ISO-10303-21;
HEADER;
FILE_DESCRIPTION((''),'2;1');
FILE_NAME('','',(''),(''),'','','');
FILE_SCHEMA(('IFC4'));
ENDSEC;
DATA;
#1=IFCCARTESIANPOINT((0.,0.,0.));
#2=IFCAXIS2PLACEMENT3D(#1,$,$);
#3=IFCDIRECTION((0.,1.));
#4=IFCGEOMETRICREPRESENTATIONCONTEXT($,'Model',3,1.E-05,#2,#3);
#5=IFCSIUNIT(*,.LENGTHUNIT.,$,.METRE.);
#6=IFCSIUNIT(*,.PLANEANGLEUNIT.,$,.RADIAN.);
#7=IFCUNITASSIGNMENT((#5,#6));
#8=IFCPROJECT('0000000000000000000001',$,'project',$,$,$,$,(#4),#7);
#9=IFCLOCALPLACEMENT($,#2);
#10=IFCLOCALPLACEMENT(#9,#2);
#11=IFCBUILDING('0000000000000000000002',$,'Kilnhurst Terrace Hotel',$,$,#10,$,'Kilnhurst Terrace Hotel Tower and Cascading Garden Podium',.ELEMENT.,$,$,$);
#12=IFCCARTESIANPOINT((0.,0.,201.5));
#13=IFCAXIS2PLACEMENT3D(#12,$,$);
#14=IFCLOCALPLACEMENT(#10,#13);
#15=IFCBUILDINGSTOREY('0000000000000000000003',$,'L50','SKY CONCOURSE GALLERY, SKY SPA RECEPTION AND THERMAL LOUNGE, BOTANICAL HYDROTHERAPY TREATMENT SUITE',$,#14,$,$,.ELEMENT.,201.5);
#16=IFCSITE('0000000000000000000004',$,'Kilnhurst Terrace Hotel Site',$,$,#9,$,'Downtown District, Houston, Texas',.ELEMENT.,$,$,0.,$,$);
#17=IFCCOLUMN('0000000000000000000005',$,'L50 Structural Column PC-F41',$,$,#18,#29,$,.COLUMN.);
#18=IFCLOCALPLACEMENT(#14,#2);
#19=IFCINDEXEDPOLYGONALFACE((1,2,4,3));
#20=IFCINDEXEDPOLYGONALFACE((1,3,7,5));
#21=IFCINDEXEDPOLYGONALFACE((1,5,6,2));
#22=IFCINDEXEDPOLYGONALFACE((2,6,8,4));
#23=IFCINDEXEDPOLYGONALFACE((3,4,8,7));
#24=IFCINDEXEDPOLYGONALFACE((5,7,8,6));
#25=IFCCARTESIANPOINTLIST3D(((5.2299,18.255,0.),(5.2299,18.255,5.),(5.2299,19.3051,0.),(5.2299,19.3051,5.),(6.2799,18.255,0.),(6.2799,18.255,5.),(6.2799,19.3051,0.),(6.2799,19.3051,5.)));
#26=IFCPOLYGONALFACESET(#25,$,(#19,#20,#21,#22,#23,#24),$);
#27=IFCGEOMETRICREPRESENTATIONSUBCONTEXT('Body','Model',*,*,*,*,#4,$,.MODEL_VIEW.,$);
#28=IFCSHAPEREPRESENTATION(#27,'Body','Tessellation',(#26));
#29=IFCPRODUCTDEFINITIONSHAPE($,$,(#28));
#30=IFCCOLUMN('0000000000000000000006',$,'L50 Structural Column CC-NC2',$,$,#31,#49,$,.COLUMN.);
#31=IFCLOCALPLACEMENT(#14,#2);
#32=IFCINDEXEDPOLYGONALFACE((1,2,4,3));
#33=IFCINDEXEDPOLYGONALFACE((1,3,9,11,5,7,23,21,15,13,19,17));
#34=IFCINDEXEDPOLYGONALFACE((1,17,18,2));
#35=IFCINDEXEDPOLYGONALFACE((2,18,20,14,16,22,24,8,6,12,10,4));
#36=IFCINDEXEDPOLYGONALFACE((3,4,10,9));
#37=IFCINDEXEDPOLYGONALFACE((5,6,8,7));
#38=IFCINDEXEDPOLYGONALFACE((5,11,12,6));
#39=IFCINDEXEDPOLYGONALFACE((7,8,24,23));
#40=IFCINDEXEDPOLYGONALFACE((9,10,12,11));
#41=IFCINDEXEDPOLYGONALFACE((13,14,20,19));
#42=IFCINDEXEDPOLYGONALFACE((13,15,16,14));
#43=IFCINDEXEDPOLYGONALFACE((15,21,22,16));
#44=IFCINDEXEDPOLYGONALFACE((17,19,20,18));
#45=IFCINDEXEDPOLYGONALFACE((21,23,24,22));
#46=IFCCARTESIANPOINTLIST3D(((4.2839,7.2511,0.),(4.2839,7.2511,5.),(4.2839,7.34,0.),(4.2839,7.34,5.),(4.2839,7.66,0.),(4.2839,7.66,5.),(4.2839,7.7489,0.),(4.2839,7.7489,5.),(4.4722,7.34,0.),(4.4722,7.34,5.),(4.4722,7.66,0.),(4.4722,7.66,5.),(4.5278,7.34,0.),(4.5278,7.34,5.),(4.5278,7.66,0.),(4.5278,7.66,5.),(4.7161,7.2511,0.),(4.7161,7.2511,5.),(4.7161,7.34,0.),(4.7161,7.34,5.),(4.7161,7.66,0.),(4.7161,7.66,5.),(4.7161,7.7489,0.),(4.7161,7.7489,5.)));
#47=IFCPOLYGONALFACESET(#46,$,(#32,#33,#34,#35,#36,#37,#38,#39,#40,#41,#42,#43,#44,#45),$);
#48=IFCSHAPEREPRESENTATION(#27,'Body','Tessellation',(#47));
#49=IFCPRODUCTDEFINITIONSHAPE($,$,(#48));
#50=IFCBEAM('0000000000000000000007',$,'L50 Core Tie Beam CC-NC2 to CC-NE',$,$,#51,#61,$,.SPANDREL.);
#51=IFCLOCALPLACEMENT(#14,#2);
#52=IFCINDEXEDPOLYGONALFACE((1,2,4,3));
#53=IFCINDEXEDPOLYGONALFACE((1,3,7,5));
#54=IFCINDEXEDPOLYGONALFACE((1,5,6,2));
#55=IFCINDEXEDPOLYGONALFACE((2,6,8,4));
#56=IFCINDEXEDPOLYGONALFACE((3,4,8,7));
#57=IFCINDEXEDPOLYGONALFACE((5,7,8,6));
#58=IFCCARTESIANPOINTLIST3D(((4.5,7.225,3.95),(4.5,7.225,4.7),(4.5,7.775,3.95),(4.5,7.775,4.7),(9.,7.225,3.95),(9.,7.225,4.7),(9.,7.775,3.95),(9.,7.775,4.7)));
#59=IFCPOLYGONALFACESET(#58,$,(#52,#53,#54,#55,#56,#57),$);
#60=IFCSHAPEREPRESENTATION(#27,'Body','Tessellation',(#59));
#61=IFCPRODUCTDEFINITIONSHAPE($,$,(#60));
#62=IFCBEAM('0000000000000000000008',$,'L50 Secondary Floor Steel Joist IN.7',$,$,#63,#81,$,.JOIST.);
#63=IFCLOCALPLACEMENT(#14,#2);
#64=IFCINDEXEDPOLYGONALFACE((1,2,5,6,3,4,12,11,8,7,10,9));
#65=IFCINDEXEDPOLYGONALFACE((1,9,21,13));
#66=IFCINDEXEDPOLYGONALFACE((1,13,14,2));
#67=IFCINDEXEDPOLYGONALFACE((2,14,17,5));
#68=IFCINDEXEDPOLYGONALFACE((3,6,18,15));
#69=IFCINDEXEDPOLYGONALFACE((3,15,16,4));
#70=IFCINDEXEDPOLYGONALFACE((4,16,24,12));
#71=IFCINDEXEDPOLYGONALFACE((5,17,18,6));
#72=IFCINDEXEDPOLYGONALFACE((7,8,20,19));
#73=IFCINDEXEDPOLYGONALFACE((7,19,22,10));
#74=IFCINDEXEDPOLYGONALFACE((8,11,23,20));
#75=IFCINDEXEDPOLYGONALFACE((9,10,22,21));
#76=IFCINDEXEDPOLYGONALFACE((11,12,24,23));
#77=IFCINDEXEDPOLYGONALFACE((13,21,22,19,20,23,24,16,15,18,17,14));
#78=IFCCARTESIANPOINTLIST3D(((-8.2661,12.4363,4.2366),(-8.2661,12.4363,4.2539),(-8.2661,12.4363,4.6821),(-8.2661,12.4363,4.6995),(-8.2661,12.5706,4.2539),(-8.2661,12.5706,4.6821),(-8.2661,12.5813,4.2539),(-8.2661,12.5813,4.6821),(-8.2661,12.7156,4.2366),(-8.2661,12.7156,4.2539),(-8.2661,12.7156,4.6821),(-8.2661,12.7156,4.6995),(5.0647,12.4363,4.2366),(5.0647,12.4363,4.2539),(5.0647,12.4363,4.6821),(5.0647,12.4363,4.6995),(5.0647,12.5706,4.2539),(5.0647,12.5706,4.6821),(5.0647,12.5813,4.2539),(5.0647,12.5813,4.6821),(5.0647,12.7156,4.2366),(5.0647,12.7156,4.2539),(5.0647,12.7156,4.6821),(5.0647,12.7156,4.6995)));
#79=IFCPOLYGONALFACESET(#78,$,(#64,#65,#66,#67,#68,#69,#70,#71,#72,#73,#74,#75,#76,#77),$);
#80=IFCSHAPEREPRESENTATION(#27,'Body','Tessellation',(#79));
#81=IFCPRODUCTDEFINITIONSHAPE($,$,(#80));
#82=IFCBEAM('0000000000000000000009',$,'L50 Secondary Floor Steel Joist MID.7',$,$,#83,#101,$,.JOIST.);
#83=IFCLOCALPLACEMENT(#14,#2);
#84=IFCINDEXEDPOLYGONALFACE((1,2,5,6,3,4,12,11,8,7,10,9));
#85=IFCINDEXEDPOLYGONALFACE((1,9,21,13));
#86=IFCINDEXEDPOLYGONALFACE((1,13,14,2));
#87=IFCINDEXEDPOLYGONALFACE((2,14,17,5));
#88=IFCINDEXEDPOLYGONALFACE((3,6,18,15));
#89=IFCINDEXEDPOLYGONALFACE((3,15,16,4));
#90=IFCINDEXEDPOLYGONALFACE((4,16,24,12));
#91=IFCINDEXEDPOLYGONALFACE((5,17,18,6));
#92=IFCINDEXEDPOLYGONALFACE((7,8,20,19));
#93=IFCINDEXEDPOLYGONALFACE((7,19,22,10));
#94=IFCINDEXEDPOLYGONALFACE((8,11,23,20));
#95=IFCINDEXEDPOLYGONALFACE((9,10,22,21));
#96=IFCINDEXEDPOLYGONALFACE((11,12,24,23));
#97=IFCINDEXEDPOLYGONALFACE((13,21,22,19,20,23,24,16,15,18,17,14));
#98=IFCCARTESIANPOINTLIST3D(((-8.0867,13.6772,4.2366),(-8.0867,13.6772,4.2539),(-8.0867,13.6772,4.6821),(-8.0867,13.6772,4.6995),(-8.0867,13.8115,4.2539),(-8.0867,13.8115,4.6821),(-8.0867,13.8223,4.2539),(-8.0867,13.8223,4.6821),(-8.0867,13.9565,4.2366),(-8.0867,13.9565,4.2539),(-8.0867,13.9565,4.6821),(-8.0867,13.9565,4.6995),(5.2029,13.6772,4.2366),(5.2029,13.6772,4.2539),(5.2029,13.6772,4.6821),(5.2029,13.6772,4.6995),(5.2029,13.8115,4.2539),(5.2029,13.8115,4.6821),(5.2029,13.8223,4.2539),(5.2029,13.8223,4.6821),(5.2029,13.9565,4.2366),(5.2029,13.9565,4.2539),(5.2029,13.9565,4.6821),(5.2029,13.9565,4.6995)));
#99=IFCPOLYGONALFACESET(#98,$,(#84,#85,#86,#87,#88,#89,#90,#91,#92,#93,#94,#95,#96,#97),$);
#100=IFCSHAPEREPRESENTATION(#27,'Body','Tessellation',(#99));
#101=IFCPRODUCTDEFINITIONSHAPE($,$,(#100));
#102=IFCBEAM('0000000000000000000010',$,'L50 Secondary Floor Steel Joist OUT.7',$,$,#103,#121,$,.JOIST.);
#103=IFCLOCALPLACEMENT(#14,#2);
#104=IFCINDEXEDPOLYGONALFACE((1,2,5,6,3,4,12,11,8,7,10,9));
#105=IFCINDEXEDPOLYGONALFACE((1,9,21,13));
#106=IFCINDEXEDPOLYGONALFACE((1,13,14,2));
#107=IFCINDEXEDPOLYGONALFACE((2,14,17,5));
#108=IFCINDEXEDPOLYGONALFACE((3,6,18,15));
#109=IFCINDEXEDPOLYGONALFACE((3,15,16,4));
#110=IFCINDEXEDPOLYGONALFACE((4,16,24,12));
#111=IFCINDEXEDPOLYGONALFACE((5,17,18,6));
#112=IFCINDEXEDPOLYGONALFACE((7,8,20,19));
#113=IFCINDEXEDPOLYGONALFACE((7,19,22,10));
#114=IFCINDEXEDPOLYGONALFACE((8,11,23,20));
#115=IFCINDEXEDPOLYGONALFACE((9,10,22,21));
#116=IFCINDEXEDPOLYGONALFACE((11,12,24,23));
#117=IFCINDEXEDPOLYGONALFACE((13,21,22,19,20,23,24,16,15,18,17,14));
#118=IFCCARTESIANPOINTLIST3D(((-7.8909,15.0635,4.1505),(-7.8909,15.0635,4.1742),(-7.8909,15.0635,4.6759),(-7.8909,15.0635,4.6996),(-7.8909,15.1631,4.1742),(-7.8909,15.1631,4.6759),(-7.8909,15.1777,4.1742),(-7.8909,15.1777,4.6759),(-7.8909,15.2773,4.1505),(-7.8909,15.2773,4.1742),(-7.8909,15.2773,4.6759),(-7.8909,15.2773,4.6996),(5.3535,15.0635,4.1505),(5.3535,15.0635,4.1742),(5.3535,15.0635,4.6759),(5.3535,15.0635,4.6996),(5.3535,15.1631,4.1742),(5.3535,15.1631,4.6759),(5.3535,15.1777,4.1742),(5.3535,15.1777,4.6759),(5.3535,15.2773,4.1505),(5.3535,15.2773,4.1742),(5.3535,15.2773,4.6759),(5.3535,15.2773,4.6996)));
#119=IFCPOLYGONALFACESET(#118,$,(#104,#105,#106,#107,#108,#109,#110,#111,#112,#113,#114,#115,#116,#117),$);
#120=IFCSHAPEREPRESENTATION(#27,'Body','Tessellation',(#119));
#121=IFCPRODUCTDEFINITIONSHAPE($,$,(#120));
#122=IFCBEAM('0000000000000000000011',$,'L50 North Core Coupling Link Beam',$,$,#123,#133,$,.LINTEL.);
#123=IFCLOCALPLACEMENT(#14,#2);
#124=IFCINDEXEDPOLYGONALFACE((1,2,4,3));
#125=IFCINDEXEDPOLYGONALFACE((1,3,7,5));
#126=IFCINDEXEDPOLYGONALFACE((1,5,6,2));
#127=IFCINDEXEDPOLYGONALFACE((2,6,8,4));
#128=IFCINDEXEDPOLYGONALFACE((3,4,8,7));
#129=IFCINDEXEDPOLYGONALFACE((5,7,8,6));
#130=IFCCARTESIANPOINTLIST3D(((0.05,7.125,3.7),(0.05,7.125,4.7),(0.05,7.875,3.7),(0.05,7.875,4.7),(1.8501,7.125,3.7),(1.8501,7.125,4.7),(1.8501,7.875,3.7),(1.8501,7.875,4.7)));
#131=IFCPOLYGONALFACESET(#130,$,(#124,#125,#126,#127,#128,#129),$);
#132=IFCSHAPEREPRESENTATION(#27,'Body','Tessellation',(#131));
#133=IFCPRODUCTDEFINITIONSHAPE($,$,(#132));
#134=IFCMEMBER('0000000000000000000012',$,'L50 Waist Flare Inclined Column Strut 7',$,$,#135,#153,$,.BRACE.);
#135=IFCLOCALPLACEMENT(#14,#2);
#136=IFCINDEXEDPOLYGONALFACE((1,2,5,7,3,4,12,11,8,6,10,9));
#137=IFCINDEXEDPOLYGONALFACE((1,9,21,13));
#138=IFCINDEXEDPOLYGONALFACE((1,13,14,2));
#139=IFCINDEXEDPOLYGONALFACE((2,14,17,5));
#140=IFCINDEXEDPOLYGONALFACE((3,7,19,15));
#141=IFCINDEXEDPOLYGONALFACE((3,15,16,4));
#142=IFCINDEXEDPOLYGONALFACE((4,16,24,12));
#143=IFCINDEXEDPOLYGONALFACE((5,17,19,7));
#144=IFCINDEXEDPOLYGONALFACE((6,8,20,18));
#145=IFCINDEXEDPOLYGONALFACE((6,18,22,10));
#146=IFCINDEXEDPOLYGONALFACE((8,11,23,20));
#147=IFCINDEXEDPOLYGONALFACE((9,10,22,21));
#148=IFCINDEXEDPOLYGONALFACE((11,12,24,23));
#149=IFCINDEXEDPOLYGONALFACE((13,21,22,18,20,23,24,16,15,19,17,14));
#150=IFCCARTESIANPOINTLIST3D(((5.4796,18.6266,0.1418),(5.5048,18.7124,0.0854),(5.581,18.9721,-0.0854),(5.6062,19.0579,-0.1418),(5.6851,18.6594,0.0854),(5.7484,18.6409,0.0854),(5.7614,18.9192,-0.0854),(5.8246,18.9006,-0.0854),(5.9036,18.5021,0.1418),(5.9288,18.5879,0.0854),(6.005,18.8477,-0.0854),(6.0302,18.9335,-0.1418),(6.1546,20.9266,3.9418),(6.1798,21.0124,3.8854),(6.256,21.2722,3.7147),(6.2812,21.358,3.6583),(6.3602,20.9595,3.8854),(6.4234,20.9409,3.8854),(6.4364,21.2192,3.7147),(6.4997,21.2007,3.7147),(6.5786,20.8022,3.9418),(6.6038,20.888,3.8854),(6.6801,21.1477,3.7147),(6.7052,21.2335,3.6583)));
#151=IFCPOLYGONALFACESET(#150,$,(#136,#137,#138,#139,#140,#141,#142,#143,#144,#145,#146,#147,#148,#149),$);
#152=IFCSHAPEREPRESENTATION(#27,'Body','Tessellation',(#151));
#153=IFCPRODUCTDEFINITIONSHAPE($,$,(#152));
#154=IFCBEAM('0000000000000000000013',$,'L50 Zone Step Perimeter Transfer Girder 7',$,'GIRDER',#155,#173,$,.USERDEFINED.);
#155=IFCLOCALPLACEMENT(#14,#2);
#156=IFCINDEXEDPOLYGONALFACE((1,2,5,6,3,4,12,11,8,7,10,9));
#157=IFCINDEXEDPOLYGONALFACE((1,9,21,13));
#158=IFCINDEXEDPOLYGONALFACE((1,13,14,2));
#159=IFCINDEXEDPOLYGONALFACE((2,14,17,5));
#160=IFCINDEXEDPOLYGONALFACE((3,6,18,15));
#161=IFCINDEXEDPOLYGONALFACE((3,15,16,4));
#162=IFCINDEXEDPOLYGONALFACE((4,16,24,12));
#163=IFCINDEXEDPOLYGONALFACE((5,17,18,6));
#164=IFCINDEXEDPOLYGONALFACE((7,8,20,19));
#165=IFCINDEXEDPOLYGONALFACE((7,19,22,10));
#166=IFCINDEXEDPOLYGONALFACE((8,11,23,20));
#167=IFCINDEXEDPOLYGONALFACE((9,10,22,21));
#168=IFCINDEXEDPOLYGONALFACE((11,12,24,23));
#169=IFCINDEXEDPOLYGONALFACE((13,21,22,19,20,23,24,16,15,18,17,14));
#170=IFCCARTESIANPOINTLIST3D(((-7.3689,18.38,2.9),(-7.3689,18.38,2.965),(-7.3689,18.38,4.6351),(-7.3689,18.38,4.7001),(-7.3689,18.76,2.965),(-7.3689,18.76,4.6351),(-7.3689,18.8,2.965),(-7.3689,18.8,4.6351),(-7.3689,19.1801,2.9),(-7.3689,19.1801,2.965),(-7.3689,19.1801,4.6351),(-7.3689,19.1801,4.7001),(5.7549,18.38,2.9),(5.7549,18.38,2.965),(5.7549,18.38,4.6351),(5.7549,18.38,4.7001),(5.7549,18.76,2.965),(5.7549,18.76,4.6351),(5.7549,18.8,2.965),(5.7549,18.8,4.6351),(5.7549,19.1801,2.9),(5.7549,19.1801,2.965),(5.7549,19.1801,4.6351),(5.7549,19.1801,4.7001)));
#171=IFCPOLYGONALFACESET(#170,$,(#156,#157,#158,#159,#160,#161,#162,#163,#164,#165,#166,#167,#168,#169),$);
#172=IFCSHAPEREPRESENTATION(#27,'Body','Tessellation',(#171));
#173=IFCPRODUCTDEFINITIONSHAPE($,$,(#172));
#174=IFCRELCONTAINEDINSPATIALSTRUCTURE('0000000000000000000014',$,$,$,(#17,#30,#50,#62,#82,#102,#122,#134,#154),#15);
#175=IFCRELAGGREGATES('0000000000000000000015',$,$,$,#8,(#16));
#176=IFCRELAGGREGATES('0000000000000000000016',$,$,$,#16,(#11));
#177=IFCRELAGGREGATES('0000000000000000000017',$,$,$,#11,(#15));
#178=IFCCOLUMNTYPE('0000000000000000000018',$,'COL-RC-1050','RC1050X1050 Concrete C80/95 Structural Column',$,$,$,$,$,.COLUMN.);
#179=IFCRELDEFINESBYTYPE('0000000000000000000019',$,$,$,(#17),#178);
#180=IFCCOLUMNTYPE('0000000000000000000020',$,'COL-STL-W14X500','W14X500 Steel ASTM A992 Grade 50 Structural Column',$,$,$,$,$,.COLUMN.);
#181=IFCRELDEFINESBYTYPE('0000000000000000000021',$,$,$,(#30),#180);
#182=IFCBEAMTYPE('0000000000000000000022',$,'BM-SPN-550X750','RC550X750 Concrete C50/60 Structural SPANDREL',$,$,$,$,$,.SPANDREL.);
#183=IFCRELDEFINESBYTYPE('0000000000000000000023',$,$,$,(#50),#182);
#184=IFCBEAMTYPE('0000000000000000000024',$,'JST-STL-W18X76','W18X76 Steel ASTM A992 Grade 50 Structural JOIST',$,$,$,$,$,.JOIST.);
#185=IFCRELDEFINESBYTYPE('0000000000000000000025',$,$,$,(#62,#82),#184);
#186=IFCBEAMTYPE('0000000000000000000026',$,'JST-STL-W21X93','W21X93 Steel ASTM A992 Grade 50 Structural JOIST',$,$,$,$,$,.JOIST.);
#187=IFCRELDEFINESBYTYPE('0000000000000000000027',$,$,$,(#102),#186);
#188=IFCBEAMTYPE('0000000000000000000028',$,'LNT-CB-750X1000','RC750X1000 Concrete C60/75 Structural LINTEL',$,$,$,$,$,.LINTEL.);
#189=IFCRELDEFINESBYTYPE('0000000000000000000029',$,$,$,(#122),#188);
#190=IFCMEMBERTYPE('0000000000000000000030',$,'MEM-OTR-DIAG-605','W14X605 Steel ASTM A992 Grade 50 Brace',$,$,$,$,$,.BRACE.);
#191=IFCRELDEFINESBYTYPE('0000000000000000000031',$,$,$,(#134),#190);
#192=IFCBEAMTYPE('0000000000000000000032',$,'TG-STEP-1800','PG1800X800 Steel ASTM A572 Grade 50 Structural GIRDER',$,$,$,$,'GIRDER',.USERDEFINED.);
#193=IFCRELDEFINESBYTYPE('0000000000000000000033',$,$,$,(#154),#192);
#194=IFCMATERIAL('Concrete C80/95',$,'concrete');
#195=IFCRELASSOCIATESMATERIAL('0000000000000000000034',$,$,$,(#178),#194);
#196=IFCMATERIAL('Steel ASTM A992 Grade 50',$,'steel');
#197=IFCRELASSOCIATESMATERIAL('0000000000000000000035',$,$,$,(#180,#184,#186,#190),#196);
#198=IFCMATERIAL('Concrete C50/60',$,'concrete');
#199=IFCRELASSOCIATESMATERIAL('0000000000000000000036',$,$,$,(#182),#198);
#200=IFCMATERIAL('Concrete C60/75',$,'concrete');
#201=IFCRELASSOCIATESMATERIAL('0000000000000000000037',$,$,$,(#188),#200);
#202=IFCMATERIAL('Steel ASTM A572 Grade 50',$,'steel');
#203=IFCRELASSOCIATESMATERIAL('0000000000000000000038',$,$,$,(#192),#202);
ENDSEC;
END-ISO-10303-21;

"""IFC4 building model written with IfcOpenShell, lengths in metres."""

from ifc_helpers import new_model, si_unit, direction, frame, origin, origin_2d, place, context, subcontext, project, spatial, rectangle, i_section, extrude, material, material_profile, profile_set, type_object, element, save


model = new_model("IFC4")

# Units and contexts
model_context = context("Model", 3, precision=1e-05, world=origin(), true_north=direction((0.0, 1.0)))
body_context = subcontext(model_context, "Body", "Model", "MODEL_VIEW")
ifc_project = project(units=[si_unit("LENGTHUNIT", "METRE"), si_unit("PLANEANGLEUNIT", "RADIAN")], contexts=[model_context])

# Site, building, storey
site_placement = place(None, origin())
site = spatial("IfcSite", under=ifc_project, at=site_placement, Name="Kilnhurst Terrace Hotel Site", LongName="Downtown District, Houston, Texas", CompositionType="ELEMENT", RefElevation=0.0)
building_placement = place(site_placement, origin())
building = spatial("IfcBuilding", under=site, at=building_placement, Name="Kilnhurst Terrace Hotel", LongName="Kilnhurst Terrace Hotel Tower and Cascading Garden Podium", CompositionType="ELEMENT")
storey_placement = place(building_placement, frame((0.0, 0.0, 201.5)))
storey = spatial("IfcBuildingStorey", under=building, at=storey_placement, Name="L50", Description="SKY CONCOURSE GALLERY, SKY SPA RECEPTION AND THERMAL LOUNGE, BOTANICAL HYDROTHERAPY TREATMENT SUITE", CompositionType="ELEMENT", Elevation=201.5)

# Columns
ifc_material_1 = material(Name="Concrete C80/95", Category="concrete")
ifc_material_profile_1 = material_profile(ifc_material_1, rectangle(XDim=1.05, YDim=1.05, at=origin_2d()), Name="RC1050X1050")
ifc_profile_set_1 = profile_set([ifc_material_profile_1], Name="Concrete C80/95")
column_type_1 = type_object("IfcColumnType", Name="COL-RC-1050", Description="RC1050X1050 Concrete C80/95 Structural Column", PredefinedType="COLUMN", material=ifc_profile_set_1)
column_1_placement = place(storey_placement, frame((5.7549, 18.78, 0.0), z_axis=(0.0, 0.0, 1.0), x_axis=(1.0, 0.0, 0.0)))
element("IfcColumn", 1, at=column_1_placement, inside=storey, type_object=column_type_1, Name="L50 Structural Column PC-F41", PredefinedType="COLUMN", context=body_context, shape_type="SweptSolid", body=[
    extrude(rectangle(XDim=1.05, YDim=1.05, at=origin_2d()), origin(), (0.0, 0.0, 1.0), 5.0),
])
ifc_material_2 = material(Name="Steel ASTM A992 Grade 50", Category="steel")
ifc_material_profile_2 = material_profile(ifc_material_2, i_section(OverallWidth=0.4321, OverallDepth=0.4978, WebThickness=0.0557, FlangeThickness=0.0889, at=origin_2d()), Name="W14X500")
ifc_profile_set_2 = profile_set([ifc_material_profile_2], Name="Steel ASTM A992 Grade 50")
column_type_2 = type_object("IfcColumnType", Name="COL-STL-W14X500", Description="W14X500 Steel ASTM A992 Grade 50 Structural Column", PredefinedType="COLUMN", material=ifc_profile_set_2)
column_2_placement = place(storey_placement, frame((4.5, 7.5, 0.0), z_axis=(0.0, 0.0, 1.0), x_axis=(1.0, 0.0, 0.0)))
element("IfcColumn", 2, at=column_2_placement, inside=storey, type_object=column_type_2, Name="L50 Structural Column CC-NC2", PredefinedType="COLUMN", context=body_context, shape_type="SweptSolid", body=[
    extrude(i_section(OverallWidth=0.4321, OverallDepth=0.4978, WebThickness=0.0557, FlangeThickness=0.0889, at=origin_2d()), origin(), (0.0, 0.0, 1.0), 5.0),
])

# Beams
ifc_material_3 = material(Name="Concrete C50/60", Category="concrete")
ifc_material_profile_3 = material_profile(ifc_material_3, rectangle(XDim=0.55, YDim=0.75, at=origin_2d()), Name="RC550X750")
ifc_profile_set_3 = profile_set([ifc_material_profile_3], Name="Concrete C50/60")
beam_type_1 = type_object("IfcBeamType", Name="BM-SPN-550X750", Description="RC550X750 Concrete C50/60 Structural SPANDREL", PredefinedType="SPANDREL", material=ifc_profile_set_3)
beam_1_placement = place(storey_placement, frame((4.5, 7.5, 4.325), z_axis=(1.0, 0.0, 0.0), x_axis=(0.0, 1.0, 0.0)))
element("IfcBeam", 3, at=beam_1_placement, inside=storey, type_object=beam_type_1, Name="L50 Core Tie Beam CC-NC2 to CC-NE", PredefinedType="SPANDREL", context=body_context, shape_type="SweptSolid", body=[
    extrude(rectangle(XDim=0.55, YDim=0.75, at=origin_2d()), origin(), (0.0, 0.0, 1.0), 4.5),
])
ifc_material_profile_4 = material_profile(ifc_material_2, i_section(OverallWidth=0.2793, OverallDepth=0.4629, WebThickness=0.0107, FlangeThickness=0.0173, at=origin_2d()), Name="W18X76")
ifc_profile_set_4 = profile_set([ifc_material_profile_4], Name="Steel ASTM A992 Grade 50")
beam_type_2 = type_object("IfcBeamType", Name="JST-STL-W18X76", Description="W18X76 Steel ASTM A992 Grade 50 Structural JOIST", PredefinedType="JOIST", material=ifc_profile_set_4)
beam_2_placement = place(storey_placement, frame((5.0647, 12.5759, 4.468), z_axis=(-1.0, 0.0, 0.0), x_axis=(0.0, -1.0, 0.0)))
element("IfcBeam", 4, at=beam_2_placement, inside=storey, type_object=beam_type_2, Name="L50 Secondary Floor Steel Joist IN.7", PredefinedType="JOIST", context=body_context, shape_type="SweptSolid", body=[
    extrude(i_section(OverallWidth=0.2793, OverallDepth=0.4629, WebThickness=0.0107, FlangeThickness=0.0173, at=origin_2d()), origin(), (0.0, 0.0, 1.0), 13.3308),
])
beam_3_placement = place(storey_placement, frame((5.2029, 13.8169, 4.468), z_axis=(-1.0, 0.0, 0.0), x_axis=(0.0, -1.0, 0.0)))
element("IfcBeam", 5, at=beam_3_placement, inside=storey, type_object=beam_type_2, Name="L50 Secondary Floor Steel Joist MID.7", PredefinedType="JOIST", context=body_context, shape_type="SweptSolid", body=[
    extrude(i_section(OverallWidth=0.2793, OverallDepth=0.4629, WebThickness=0.0107, FlangeThickness=0.0173, at=origin_2d()), origin(), (0.0, 0.0, 1.0), 13.2896),
])
ifc_material_profile_5 = material_profile(ifc_material_2, i_section(OverallWidth=0.2139, OverallDepth=0.5491, WebThickness=0.0146, FlangeThickness=0.0237, at=origin_2d()), Name="W21X93")
ifc_profile_set_5 = profile_set([ifc_material_profile_5], Name="Steel ASTM A992 Grade 50")
beam_type_3 = type_object("IfcBeamType", Name="JST-STL-W21X93", Description="W21X93 Steel ASTM A992 Grade 50 Structural JOIST", PredefinedType="JOIST", material=ifc_profile_set_5)
beam_4_placement = place(storey_placement, frame((5.3535, 15.1704, 4.425), z_axis=(-1.0, 0.0, 0.0), x_axis=(0.0, -1.0, 0.0)))
element("IfcBeam", 6, at=beam_4_placement, inside=storey, type_object=beam_type_3, Name="L50 Secondary Floor Steel Joist OUT.7", PredefinedType="JOIST", context=body_context, shape_type="SweptSolid", body=[
    extrude(i_section(OverallWidth=0.2139, OverallDepth=0.5491, WebThickness=0.0146, FlangeThickness=0.0237, at=origin_2d()), origin(), (0.0, 0.0, 1.0), 13.2444),
])
ifc_material_4 = material(Name="Concrete C60/75", Category="concrete")
ifc_material_profile_6 = material_profile(ifc_material_4, rectangle(XDim=0.75, YDim=1.0, at=origin_2d()), Name="RC750X1000")
ifc_profile_set_6 = profile_set([ifc_material_profile_6], Name="Concrete C60/75")
beam_type_4 = type_object("IfcBeamType", Name="LNT-CB-750X1000", Description="RC750X1000 Concrete C60/75 Structural LINTEL", PredefinedType="LINTEL", material=ifc_profile_set_6)
beam_5_placement = place(storey_placement, frame((0.05, 7.5, 4.2), z_axis=(1.0, 0.0, 0.0), x_axis=(0.0, 1.0, 0.0)))
element("IfcBeam", 7, at=beam_5_placement, inside=storey, type_object=beam_type_4, Name="L50 North Core Coupling Link Beam", PredefinedType="LINTEL", context=body_context, shape_type="SweptSolid", body=[
    extrude(rectangle(XDim=0.75, YDim=1.0, at=origin_2d()), origin(), (0.0, 0.0, 1.0), 1.8),
])

# Member
ifc_material_profile_7 = material_profile(ifc_material_2, i_section(OverallWidth=0.4419, OverallDepth=0.5315, WebThickness=0.0659, FlangeThickness=0.1057, at=origin_2d()), Name="W14X605")
ifc_profile_set_7 = profile_set([ifc_material_profile_7], Name="Steel ASTM A992 Grade 50")
member_type = type_object("IfcMemberType", Name="MEM-OTR-DIAG-605", Description="W14X605 Steel ASTM A992 Grade 50 Brace", PredefinedType="BRACE", material=ifc_profile_set_7)
member_placement = place(storey_placement, frame((5.7549, 18.78, 0.0), z_axis=(0.150247, 0.511928, 0.845787), x_axis=(-0.959528, 0.281615, 0.0)))
element("IfcMember", 8, at=member_placement, inside=storey, type_object=member_type, Name="L50 Waist Flare Inclined Column Strut 7", PredefinedType="BRACE", context=body_context, shape_type="SweptSolid", body=[
    extrude(i_section(OverallWidth=0.4419, OverallDepth=0.5315, WebThickness=0.0659, FlangeThickness=0.1057, at=origin_2d()), origin(), (0.0, 0.0, 1.0), 4.4929),
])

# Beam
ifc_material_5 = material(Name="Steel ASTM A572 Grade 50", Category="steel")
ifc_material_profile_8 = material_profile(ifc_material_5, i_section(OverallWidth=0.8, OverallDepth=1.8, WebThickness=0.04, FlangeThickness=0.0649, at=origin_2d()), Name="PG1800X800")
ifc_profile_set_8 = profile_set([ifc_material_profile_8], Name="Steel ASTM A572 Grade 50")
beam_type_5 = type_object("IfcBeamType", Name="TG-STEP-1800", Description="PG1800X800 Steel ASTM A572 Grade 50 Structural GIRDER", ElementType="GIRDER", PredefinedType="USERDEFINED", material=ifc_profile_set_8)
beam_6_placement = place(storey_placement, frame((5.7549, 18.78, 3.8), z_axis=(-1.0, 0.0, 0.0), x_axis=(0.0, -1.0, 0.0)))
element("IfcBeam", 9, at=beam_6_placement, inside=storey, type_object=beam_type_5, Name="L50 Zone Step Perimeter Transfer Girder 7", ObjectType="GIRDER", PredefinedType="USERDEFINED", context=body_context, shape_type="SweptSolid", body=[
    extrude(i_section(OverallWidth=0.8, OverallDepth=1.8, WebThickness=0.04, FlangeThickness=0.0649, at=origin_2d()), origin(), (0.0, 0.0, 1.0), 13.1238),
])

save(model, "model.ifc")
